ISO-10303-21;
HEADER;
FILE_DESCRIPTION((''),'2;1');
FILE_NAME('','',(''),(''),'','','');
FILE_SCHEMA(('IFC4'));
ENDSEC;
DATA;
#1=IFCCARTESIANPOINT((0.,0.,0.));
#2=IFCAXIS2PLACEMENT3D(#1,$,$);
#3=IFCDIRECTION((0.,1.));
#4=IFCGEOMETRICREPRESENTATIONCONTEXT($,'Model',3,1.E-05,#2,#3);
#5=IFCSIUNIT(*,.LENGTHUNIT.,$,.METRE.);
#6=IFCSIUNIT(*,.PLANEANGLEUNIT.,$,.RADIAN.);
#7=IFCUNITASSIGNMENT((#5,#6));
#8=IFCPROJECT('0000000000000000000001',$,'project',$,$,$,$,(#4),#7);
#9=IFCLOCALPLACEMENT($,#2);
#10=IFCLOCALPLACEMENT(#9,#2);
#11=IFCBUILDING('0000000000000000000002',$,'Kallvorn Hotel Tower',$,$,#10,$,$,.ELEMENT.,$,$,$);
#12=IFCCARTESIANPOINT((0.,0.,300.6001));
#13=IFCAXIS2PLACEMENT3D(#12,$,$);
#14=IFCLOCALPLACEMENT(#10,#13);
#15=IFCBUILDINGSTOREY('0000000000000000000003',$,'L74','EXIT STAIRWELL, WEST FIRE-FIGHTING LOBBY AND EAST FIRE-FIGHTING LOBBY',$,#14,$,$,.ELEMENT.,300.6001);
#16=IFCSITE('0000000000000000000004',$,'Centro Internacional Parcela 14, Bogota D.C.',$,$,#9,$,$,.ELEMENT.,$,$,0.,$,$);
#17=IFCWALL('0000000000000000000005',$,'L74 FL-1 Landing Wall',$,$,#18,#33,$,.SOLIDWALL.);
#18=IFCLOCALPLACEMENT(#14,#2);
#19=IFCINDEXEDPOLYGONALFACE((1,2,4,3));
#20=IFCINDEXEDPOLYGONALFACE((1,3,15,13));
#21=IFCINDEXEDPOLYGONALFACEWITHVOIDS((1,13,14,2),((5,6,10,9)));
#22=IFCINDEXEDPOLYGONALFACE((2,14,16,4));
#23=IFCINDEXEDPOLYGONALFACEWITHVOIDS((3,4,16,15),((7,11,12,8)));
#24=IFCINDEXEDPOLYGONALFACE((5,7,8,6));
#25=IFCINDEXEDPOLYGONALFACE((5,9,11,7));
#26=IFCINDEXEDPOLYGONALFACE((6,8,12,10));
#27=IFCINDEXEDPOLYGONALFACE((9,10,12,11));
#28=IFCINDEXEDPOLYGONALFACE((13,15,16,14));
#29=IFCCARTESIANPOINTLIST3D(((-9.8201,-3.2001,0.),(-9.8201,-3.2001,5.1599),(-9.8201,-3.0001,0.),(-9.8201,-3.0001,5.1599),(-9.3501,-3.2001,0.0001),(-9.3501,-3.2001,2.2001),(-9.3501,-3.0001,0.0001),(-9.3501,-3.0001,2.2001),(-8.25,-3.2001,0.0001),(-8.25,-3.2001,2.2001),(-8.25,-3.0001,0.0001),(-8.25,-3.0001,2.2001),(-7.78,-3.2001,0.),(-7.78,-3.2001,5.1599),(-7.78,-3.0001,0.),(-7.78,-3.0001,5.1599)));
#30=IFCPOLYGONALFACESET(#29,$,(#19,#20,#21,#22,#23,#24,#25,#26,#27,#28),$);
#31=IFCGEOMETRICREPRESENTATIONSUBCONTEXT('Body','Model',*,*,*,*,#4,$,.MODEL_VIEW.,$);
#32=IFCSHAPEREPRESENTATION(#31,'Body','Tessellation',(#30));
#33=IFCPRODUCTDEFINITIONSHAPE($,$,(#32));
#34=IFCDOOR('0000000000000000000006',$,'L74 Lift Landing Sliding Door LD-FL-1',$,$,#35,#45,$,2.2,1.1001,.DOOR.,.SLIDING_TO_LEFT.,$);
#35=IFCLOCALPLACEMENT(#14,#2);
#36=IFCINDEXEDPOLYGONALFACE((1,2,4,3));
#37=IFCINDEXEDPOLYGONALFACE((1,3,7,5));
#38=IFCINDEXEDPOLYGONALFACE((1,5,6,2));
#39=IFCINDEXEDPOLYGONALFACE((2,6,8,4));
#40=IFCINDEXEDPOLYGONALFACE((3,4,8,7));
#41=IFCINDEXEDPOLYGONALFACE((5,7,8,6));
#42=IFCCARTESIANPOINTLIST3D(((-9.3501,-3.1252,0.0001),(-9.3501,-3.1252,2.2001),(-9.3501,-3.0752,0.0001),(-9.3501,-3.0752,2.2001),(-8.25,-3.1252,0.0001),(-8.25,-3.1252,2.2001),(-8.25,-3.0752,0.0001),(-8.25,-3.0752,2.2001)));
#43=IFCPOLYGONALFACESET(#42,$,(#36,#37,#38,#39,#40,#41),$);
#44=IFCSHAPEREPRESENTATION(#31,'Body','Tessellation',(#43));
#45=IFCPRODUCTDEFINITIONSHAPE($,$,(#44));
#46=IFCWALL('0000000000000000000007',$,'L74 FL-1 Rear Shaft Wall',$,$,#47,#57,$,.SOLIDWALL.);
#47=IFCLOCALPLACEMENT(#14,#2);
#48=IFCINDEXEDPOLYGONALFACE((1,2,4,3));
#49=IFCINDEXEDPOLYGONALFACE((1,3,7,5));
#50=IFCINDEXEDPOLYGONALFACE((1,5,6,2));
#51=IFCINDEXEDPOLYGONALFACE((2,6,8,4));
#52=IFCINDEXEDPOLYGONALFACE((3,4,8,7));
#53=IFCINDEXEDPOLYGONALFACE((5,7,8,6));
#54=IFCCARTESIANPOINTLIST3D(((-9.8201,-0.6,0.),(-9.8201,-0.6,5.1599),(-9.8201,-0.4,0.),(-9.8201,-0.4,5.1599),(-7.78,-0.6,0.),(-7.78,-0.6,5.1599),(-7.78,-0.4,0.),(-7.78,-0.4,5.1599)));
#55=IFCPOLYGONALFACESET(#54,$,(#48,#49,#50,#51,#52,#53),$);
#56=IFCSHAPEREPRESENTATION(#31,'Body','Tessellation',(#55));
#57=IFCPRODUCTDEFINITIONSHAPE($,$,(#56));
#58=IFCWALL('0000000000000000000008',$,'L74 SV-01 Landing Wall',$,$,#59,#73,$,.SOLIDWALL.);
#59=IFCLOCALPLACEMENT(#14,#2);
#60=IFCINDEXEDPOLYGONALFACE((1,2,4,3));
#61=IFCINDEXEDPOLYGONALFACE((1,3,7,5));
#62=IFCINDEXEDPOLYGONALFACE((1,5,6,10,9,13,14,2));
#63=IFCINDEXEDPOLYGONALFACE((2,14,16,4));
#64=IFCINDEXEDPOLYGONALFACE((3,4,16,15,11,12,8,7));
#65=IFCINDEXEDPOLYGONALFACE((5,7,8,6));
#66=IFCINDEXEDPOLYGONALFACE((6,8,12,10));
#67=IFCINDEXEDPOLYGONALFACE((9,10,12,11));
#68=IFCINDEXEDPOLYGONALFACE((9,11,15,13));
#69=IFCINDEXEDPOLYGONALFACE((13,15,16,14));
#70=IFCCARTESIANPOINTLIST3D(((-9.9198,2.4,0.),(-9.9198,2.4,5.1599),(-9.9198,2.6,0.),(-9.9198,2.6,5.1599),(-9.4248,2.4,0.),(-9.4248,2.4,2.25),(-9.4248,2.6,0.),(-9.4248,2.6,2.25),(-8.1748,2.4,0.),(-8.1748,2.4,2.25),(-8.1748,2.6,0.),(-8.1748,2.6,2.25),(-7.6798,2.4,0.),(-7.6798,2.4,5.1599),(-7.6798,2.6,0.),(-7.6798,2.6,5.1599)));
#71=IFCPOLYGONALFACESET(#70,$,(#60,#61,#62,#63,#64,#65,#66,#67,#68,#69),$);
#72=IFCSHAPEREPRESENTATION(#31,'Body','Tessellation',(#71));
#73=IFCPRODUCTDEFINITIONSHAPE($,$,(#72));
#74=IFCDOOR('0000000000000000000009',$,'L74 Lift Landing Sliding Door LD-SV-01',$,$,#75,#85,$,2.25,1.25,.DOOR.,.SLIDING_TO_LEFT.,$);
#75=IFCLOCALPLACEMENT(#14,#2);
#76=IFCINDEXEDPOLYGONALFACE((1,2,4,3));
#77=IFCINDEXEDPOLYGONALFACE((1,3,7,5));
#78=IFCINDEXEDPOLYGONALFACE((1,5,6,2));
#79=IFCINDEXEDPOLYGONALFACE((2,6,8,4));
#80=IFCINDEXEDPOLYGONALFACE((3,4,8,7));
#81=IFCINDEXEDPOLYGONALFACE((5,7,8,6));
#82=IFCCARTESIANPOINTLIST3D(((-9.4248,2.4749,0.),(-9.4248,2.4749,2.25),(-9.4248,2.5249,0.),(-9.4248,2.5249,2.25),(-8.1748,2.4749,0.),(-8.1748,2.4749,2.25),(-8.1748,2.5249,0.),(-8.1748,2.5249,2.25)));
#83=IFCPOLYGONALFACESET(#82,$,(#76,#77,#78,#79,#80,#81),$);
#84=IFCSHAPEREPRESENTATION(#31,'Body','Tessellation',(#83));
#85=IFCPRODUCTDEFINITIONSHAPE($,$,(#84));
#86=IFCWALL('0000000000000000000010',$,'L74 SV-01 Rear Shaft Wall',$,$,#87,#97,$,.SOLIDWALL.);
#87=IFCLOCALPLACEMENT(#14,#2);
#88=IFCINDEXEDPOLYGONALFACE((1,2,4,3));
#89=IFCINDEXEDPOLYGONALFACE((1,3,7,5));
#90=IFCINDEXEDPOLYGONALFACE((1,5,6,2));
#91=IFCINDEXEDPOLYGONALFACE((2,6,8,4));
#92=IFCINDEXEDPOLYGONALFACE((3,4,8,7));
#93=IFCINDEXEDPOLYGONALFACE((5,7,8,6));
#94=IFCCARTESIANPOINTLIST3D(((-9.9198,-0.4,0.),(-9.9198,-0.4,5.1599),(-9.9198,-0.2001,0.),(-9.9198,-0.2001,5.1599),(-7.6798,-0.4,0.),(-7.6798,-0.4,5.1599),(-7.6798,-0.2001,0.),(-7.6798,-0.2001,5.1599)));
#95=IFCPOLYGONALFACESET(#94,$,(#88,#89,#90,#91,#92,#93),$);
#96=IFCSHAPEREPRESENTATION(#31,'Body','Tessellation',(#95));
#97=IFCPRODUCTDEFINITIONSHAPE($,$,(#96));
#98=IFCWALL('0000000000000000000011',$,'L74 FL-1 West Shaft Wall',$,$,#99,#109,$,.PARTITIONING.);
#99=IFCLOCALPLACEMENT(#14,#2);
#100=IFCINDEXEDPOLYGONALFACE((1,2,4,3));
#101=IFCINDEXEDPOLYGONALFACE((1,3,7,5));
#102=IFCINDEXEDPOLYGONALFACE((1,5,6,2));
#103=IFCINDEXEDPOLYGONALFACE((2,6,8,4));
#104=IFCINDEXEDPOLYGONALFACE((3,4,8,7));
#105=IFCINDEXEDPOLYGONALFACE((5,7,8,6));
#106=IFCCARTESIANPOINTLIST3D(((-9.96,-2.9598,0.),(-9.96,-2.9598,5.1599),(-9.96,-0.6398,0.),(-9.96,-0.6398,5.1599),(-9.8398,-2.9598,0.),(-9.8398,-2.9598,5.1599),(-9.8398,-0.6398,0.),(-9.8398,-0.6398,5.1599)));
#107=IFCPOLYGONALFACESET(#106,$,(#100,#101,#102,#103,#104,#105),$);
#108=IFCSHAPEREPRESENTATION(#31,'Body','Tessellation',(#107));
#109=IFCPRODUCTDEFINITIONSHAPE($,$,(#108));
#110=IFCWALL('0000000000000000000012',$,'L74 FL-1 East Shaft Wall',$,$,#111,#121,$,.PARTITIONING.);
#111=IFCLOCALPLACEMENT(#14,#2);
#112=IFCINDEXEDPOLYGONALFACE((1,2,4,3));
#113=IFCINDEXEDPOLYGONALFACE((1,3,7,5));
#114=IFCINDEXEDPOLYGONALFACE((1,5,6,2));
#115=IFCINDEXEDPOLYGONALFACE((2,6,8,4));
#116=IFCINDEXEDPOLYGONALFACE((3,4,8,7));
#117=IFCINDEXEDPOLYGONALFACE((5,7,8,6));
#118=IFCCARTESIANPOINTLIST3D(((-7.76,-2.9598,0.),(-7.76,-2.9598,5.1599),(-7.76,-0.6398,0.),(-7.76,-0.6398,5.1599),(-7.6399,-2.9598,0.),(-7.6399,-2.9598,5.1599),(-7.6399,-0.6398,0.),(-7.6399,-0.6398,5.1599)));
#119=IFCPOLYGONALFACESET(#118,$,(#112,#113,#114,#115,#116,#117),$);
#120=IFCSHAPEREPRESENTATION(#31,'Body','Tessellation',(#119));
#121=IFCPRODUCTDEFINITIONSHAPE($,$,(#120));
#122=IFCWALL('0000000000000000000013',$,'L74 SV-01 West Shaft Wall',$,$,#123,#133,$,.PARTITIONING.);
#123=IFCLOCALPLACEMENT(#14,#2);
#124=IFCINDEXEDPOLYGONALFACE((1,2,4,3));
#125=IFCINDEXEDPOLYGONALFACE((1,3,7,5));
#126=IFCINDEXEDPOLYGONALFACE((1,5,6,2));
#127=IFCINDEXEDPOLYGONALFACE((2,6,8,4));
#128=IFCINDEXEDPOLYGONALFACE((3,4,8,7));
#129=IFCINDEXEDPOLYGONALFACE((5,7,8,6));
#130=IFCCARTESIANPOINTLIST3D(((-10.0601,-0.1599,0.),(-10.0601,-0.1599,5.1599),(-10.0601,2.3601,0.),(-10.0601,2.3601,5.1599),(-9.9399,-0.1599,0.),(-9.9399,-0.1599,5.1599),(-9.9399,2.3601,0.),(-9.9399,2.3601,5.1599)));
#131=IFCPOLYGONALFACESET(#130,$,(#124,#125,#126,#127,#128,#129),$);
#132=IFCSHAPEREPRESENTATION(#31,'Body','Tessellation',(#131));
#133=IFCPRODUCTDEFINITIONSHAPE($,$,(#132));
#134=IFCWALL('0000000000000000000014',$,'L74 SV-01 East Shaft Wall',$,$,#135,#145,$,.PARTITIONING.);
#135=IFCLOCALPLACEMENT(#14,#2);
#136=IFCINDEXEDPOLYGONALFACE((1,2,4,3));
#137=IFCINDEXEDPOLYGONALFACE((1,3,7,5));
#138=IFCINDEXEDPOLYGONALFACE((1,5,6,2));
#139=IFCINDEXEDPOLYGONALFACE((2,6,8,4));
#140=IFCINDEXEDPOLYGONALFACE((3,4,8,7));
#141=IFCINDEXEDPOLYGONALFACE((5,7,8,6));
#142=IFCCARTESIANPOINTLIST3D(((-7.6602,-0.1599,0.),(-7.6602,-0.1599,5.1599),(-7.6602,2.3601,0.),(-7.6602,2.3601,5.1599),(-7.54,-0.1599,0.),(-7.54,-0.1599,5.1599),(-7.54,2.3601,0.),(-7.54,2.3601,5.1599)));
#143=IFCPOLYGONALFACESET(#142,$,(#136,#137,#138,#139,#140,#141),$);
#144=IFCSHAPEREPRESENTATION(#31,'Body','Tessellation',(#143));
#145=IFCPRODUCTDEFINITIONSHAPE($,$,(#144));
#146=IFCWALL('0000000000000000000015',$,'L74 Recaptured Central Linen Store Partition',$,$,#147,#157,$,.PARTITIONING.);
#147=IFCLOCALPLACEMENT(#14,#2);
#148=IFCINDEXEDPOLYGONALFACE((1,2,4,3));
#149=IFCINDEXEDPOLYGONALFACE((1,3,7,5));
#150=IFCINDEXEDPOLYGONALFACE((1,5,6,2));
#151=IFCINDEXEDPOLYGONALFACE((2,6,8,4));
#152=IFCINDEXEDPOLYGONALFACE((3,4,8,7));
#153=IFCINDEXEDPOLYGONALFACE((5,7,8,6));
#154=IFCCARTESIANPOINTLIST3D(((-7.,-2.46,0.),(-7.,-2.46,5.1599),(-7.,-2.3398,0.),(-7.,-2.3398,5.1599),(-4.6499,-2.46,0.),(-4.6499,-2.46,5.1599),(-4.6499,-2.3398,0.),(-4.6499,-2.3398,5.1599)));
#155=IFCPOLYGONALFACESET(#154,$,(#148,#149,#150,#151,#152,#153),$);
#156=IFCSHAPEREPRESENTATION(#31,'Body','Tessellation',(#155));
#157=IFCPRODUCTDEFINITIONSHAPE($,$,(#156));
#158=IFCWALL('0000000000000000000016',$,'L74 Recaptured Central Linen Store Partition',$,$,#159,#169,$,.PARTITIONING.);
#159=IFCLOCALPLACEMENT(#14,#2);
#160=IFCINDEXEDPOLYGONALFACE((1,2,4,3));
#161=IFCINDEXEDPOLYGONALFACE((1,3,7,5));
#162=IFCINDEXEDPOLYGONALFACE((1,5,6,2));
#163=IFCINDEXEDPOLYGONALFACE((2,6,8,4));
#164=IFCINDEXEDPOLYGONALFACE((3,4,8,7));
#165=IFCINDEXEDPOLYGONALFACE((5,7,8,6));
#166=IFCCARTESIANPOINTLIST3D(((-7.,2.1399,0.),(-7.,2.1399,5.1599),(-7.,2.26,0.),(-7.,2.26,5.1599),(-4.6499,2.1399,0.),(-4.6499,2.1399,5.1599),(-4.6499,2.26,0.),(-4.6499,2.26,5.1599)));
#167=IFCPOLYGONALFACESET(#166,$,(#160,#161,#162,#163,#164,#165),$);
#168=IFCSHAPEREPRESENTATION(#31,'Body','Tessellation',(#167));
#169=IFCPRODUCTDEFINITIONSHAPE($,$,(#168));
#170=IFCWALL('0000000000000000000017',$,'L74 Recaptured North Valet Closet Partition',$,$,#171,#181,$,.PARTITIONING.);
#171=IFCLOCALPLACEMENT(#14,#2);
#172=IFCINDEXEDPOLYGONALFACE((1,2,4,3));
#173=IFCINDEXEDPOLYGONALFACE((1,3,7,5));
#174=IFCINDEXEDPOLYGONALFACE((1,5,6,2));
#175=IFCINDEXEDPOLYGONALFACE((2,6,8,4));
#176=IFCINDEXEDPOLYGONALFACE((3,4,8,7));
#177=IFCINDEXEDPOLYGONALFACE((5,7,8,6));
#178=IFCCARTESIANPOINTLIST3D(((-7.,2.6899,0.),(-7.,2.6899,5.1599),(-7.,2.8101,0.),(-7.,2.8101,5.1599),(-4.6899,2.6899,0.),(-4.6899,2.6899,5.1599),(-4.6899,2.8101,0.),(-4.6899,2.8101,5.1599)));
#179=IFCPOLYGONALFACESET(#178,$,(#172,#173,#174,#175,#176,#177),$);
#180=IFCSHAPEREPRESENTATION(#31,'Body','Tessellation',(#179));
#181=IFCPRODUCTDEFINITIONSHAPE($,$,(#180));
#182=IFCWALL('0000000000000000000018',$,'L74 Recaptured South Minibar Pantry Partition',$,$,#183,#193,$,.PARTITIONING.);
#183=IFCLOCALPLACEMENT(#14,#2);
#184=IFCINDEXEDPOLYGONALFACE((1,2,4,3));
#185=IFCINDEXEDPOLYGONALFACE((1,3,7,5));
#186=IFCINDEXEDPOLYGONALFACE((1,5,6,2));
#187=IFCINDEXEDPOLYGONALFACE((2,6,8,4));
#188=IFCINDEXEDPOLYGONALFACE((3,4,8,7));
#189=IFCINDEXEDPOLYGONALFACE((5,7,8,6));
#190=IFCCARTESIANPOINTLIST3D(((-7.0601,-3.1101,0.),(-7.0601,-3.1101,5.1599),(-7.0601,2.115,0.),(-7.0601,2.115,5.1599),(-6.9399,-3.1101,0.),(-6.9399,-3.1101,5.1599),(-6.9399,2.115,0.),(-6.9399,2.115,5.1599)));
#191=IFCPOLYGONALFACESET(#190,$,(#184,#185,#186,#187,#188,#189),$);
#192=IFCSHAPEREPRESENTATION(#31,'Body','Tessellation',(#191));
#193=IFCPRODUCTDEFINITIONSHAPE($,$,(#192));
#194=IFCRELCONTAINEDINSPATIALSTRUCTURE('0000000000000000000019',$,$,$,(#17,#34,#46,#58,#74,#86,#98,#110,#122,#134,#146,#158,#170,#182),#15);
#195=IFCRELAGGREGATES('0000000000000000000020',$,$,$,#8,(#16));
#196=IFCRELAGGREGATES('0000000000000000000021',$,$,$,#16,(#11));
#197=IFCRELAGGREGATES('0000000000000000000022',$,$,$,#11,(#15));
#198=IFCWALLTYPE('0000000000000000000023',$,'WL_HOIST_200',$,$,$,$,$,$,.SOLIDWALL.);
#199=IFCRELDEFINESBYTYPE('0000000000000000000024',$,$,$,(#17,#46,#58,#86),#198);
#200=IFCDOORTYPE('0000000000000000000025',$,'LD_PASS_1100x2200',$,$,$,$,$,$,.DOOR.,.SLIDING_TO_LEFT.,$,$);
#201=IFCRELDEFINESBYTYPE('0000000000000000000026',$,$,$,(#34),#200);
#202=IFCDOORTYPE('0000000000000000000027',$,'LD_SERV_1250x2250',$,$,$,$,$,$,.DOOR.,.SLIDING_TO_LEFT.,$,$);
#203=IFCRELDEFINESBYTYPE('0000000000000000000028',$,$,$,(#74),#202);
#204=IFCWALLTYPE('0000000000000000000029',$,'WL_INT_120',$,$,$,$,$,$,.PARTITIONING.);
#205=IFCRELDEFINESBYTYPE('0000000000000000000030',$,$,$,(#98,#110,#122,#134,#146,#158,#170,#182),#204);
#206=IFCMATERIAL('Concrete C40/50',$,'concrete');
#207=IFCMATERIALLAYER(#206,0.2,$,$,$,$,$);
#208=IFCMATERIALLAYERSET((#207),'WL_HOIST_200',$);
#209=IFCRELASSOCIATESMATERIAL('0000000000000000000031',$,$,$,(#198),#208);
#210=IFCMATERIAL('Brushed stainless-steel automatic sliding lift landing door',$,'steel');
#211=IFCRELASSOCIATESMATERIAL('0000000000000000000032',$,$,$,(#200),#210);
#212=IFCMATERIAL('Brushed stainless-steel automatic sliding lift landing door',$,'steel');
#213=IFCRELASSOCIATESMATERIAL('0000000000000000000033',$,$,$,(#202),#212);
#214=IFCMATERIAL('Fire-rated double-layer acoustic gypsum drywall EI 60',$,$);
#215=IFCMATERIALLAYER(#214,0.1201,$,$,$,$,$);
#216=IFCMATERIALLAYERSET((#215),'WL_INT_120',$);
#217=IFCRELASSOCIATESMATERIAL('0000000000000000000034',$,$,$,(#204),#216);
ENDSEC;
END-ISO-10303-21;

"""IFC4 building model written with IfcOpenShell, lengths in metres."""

from ifc_helpers import new_model, si_unit, direction, frame, frame_2d, origin, place, context, subcontext, project, spatial, rectangle, extrude, material, layer, layer_set, type_object, element, fill, save


model = new_model("IFC4")

# Units and contexts
model_context = context("Model", 3, precision=1e-05, world=origin(), true_north=direction((0.0, 1.0)))
body_context = subcontext(model_context, "Body", "Model", "MODEL_VIEW")
ifc_project = project(units=[si_unit("LENGTHUNIT", "METRE"), si_unit("PLANEANGLEUNIT", "RADIAN")], contexts=[model_context])

# Site, building, storey
site_placement = place(None, origin())
site = spatial("IfcSite", under=ifc_project, at=site_placement, Name="Centro Internacional Parcela 14, Bogota D.C.", CompositionType="ELEMENT", RefElevation=0.0)
building_placement = place(site_placement, origin())
building = spatial("IfcBuilding", under=site, at=building_placement, Name="Kallvorn Hotel Tower", CompositionType="ELEMENT")
storey_placement = place(building_placement, frame((0.0, 0.0, 300.6001)))
storey = spatial("IfcBuildingStorey", under=building, at=storey_placement, Name="L74", Description="EXIT STAIRWELL, WEST FIRE-FIGHTING LOBBY AND EAST FIRE-FIGHTING LOBBY", CompositionType="ELEMENT", Elevation=300.6001)

# Wall, opening, door
ifc_material_1 = material(Name="Concrete C40/50", Category="concrete")
ifc_layer_1 = layer(ifc_material_1, 0.2)
ifc_layer_set_1 = layer_set([ifc_layer_1], Name="WL_HOIST_200")
wall_type_1 = type_object("IfcWallType", Name="WL_HOIST_200", PredefinedType="SOLIDWALL", material=ifc_layer_set_1)
wall_1_placement = place(storey_placement, frame((-9.8201, -3.1001, 0.0), z_axis=(0.0, 0.0, 1.0), x_axis=(1.0, 0.0, 0.0)))
wall_1 = element("IfcWall", 1, at=wall_1_placement, inside=storey, type_object=wall_type_1, Name="L74 FL-1 Landing Wall", PredefinedType="SOLIDWALL", context=body_context, shape_type="SweptSolid", body=[
    extrude(rectangle(XDim=2.04, YDim=0.2, at=frame_2d((1.02, 0.0))), origin(), (0.0, 0.0, 1.0), 5.1599),
])
opening_1_placement = place(wall_1_placement, frame((0.47, 0.0, 0.0)))
opening_1 = element("IfcOpeningElement", 2, at=opening_1_placement, cuts=wall_1, PredefinedType="OPENING", context=body_context, shape_type="SweptSolid", body=[
    extrude(rectangle(XDim=1.1001, YDim=2.2, at=frame_2d((0.55, 1.1001))), frame((0.0, 0.115, 0.0), z_axis=(0.0, -1.0, 0.0), x_axis=(1.0, 0.0, 0.0)), (0.0, 0.0, 1.0), 0.23),
])
ifc_material_2 = material(Name="Brushed stainless-steel automatic sliding lift landing door", Category="steel")
door_type_1 = type_object("IfcDoorType", Name="LD_PASS_1100x2200", OperationType="SLIDING_TO_LEFT", PredefinedType="DOOR", material=ifc_material_2)
door_1_placement = place(opening_1_placement, origin())
door_1 = element("IfcDoor", 3, at=door_1_placement, inside=storey, type_object=door_type_1, Name="L74 Lift Landing Sliding Door LD-FL-1", OperationType="SLIDING_TO_LEFT", OverallHeight=2.2, OverallWidth=1.1001, PredefinedType="DOOR", context=body_context, shape_type="SweptSolid", body=[
    extrude(rectangle(XDim=1.1001, YDim=2.2, at=frame_2d((0.55, 1.1001))), frame((0.0, 0.0249, 0.0), z_axis=(0.0, -1.0, 0.0), x_axis=(1.0, 0.0, 0.0)), (0.0, 0.0, 1.0), 0.05),
])
fill(opening_1, door_1)

# Wall
wall_2_placement = place(storey_placement, frame((-9.8201, -0.5, 0.0), z_axis=(0.0, 0.0, 1.0), x_axis=(1.0, 0.0, 0.0)))
element("IfcWall", 4, at=wall_2_placement, inside=storey, type_object=wall_type_1, Name="L74 FL-1 Rear Shaft Wall", PredefinedType="SOLIDWALL", context=body_context, shape_type="SweptSolid", body=[
    extrude(rectangle(XDim=2.04, YDim=0.2, at=frame_2d((1.02, 0.0))), origin(), (0.0, 0.0, 1.0), 5.1599),
])

# Wall, opening, door
wall_3_placement = place(storey_placement, frame((-9.9199, 2.5, 0.0), z_axis=(0.0, 0.0, 1.0), x_axis=(1.0, 0.0, 0.0)))
wall_3 = element("IfcWall", 5, at=wall_3_placement, inside=storey, type_object=wall_type_1, Name="L74 SV-01 Landing Wall", PredefinedType="SOLIDWALL", context=body_context, shape_type="SweptSolid", body=[
    extrude(rectangle(XDim=2.24, YDim=0.2, at=frame_2d((1.1201, 0.0))), origin(), (0.0, 0.0, 1.0), 5.1599),
])
opening_2_placement = place(wall_3_placement, frame((0.4951, 0.0, 0.0)))
opening_2 = element("IfcOpeningElement", 6, at=opening_2_placement, cuts=wall_3, PredefinedType="OPENING", context=body_context, shape_type="SweptSolid", body=[
    extrude(rectangle(XDim=1.25, YDim=2.25, at=frame_2d((0.625, 1.125))), frame((0.0, 0.115, 0.0), z_axis=(0.0, -1.0, 0.0), x_axis=(1.0, 0.0, 0.0)), (0.0, 0.0, 1.0), 0.23),
])
ifc_material_3 = material(Name="Brushed stainless-steel automatic sliding lift landing door", Category="steel")
door_type_2 = type_object("IfcDoorType", Name="LD_SERV_1250x2250", OperationType="SLIDING_TO_LEFT", PredefinedType="DOOR", material=ifc_material_3)
door_2_placement = place(opening_2_placement, origin())
door_2 = element("IfcDoor", 7, at=door_2_placement, inside=storey, type_object=door_type_2, Name="L74 Lift Landing Sliding Door LD-SV-01", OperationType="SLIDING_TO_LEFT", OverallHeight=2.25, OverallWidth=1.25, PredefinedType="DOOR", context=body_context, shape_type="SweptSolid", body=[
    extrude(rectangle(XDim=1.25, YDim=2.25, at=frame_2d((0.625, 1.125))), frame((0.0, 0.0249, 0.0), z_axis=(0.0, -1.0, 0.0), x_axis=(1.0, 0.0, 0.0)), (0.0, 0.0, 1.0), 0.05),
])
fill(opening_2, door_2)

# Walls
wall_4_placement = place(storey_placement, frame((-9.9199, -0.3, 0.0), z_axis=(0.0, 0.0, 1.0), x_axis=(1.0, 0.0, 0.0)))
element("IfcWall", 8, at=wall_4_placement, inside=storey, type_object=wall_type_1, Name="L74 SV-01 Rear Shaft Wall", PredefinedType="SOLIDWALL", context=body_context, shape_type="SweptSolid", body=[
    extrude(rectangle(XDim=2.24, YDim=0.2, at=frame_2d((1.1201, 0.0))), origin(), (0.0, 0.0, 1.0), 5.1599),
])
ifc_material_4 = material(Name="Fire-rated double-layer acoustic gypsum drywall EI 60")
ifc_layer_2 = layer(ifc_material_4, 0.1201)
ifc_layer_set_2 = layer_set([ifc_layer_2], Name="WL_INT_120")
wall_type_2 = type_object("IfcWallType", Name="WL_INT_120", PredefinedType="PARTITIONING", material=ifc_layer_set_2)
for number, where, z_axis, x_axis, name in (
    (9, (-9.8999, -2.96, 0.0), (0.0, 0.0, 1.0), (0.0, 1.0, 0.0), "L74 FL-1 West Shaft Wall"),
    (10, (-7.7, -2.96, 0.0), (0.0, 0.0, 1.0), (0.0, 1.0, 0.0), "L74 FL-1 East Shaft Wall"),
):
    element("IfcWall", number, at=place(storey_placement, frame(where, z_axis=z_axis, x_axis=x_axis)), inside=storey, type_object=wall_type_2, Name=name, PredefinedType="PARTITIONING", context=body_context, shape_type="SweptSolid", body=[
        extrude(rectangle(XDim=2.3201, YDim=0.1201, at=frame_2d((1.1602, 0.0))), origin(), (0.0, 0.0, 1.0), 5.1599),
    ])
for number, where, z_axis, x_axis, name in (
    (11, (-10.0, -0.1599, 0.0), (0.0, 0.0, 1.0), (0.0, 1.0, 0.0), "L74 SV-01 West Shaft Wall"),
    (12, (-7.6001, -0.1599, 0.0), (0.0, 0.0, 1.0), (0.0, 1.0, 0.0), "L74 SV-01 East Shaft Wall"),
):
    element("IfcWall", number, at=place(storey_placement, frame(where, z_axis=z_axis, x_axis=x_axis)), inside=storey, type_object=wall_type_2, Name=name, PredefinedType="PARTITIONING", context=body_context, shape_type="SweptSolid", body=[
        extrude(rectangle(XDim=2.52, YDim=0.1201, at=frame_2d((1.26, 0.0))), origin(), (0.0, 0.0, 1.0), 5.1599),
    ])
for number, where, z_axis, x_axis, name in (
    (13, (-7.0, -2.3999, 0.0), (0.0, 0.0, 1.0), (1.0, 0.0, 0.0), "L74 Recaptured Central Linen Store Partition"),
    (14, (-7.0, 2.2, 0.0), (0.0, 0.0, 1.0), (1.0, 0.0, 0.0), "L74 Recaptured Central Linen Store Partition"),
):
    element("IfcWall", number, at=place(storey_placement, frame(where, z_axis=z_axis, x_axis=x_axis)), inside=storey, type_object=wall_type_2, Name=name, PredefinedType="PARTITIONING", context=body_context, shape_type="SweptSolid", body=[
        extrude(rectangle(XDim=2.3501, YDim=0.1201, at=frame_2d((1.175, 0.0))), origin(), (0.0, 0.0, 1.0), 5.1599),
    ])
wall_5_placement = place(storey_placement, frame((-7.0, 2.75, 0.0), z_axis=(0.0, 0.0, 1.0), x_axis=(1.0, 0.0, 0.0)))
element("IfcWall", 15, at=wall_5_placement, inside=storey, type_object=wall_type_2, Name="L74 Recaptured North Valet Closet Partition", PredefinedType="PARTITIONING", context=body_context, shape_type="SweptSolid", body=[
    extrude(rectangle(XDim=2.3101, YDim=0.1201, at=frame_2d((1.155, 0.0))), origin(), (0.0, 0.0, 1.0), 5.1599),
])
wall_6_placement = place(storey_placement, frame((-7.0, -3.1101, 0.0), z_axis=(0.0, 0.0, 1.0), x_axis=(0.0, 1.0, 0.0)))
element("IfcWall", 16, at=wall_6_placement, inside=storey, type_object=wall_type_2, Name="L74 Recaptured South Minibar Pantry Partition", PredefinedType="PARTITIONING", context=body_context, shape_type="SweptSolid", body=[
    extrude(rectangle(XDim=5.2251, YDim=0.1201, at=frame_2d((2.6125, 0.0))), origin(), (0.0, 0.0, 1.0), 5.1599),
])

save(model, "model.ifc")
